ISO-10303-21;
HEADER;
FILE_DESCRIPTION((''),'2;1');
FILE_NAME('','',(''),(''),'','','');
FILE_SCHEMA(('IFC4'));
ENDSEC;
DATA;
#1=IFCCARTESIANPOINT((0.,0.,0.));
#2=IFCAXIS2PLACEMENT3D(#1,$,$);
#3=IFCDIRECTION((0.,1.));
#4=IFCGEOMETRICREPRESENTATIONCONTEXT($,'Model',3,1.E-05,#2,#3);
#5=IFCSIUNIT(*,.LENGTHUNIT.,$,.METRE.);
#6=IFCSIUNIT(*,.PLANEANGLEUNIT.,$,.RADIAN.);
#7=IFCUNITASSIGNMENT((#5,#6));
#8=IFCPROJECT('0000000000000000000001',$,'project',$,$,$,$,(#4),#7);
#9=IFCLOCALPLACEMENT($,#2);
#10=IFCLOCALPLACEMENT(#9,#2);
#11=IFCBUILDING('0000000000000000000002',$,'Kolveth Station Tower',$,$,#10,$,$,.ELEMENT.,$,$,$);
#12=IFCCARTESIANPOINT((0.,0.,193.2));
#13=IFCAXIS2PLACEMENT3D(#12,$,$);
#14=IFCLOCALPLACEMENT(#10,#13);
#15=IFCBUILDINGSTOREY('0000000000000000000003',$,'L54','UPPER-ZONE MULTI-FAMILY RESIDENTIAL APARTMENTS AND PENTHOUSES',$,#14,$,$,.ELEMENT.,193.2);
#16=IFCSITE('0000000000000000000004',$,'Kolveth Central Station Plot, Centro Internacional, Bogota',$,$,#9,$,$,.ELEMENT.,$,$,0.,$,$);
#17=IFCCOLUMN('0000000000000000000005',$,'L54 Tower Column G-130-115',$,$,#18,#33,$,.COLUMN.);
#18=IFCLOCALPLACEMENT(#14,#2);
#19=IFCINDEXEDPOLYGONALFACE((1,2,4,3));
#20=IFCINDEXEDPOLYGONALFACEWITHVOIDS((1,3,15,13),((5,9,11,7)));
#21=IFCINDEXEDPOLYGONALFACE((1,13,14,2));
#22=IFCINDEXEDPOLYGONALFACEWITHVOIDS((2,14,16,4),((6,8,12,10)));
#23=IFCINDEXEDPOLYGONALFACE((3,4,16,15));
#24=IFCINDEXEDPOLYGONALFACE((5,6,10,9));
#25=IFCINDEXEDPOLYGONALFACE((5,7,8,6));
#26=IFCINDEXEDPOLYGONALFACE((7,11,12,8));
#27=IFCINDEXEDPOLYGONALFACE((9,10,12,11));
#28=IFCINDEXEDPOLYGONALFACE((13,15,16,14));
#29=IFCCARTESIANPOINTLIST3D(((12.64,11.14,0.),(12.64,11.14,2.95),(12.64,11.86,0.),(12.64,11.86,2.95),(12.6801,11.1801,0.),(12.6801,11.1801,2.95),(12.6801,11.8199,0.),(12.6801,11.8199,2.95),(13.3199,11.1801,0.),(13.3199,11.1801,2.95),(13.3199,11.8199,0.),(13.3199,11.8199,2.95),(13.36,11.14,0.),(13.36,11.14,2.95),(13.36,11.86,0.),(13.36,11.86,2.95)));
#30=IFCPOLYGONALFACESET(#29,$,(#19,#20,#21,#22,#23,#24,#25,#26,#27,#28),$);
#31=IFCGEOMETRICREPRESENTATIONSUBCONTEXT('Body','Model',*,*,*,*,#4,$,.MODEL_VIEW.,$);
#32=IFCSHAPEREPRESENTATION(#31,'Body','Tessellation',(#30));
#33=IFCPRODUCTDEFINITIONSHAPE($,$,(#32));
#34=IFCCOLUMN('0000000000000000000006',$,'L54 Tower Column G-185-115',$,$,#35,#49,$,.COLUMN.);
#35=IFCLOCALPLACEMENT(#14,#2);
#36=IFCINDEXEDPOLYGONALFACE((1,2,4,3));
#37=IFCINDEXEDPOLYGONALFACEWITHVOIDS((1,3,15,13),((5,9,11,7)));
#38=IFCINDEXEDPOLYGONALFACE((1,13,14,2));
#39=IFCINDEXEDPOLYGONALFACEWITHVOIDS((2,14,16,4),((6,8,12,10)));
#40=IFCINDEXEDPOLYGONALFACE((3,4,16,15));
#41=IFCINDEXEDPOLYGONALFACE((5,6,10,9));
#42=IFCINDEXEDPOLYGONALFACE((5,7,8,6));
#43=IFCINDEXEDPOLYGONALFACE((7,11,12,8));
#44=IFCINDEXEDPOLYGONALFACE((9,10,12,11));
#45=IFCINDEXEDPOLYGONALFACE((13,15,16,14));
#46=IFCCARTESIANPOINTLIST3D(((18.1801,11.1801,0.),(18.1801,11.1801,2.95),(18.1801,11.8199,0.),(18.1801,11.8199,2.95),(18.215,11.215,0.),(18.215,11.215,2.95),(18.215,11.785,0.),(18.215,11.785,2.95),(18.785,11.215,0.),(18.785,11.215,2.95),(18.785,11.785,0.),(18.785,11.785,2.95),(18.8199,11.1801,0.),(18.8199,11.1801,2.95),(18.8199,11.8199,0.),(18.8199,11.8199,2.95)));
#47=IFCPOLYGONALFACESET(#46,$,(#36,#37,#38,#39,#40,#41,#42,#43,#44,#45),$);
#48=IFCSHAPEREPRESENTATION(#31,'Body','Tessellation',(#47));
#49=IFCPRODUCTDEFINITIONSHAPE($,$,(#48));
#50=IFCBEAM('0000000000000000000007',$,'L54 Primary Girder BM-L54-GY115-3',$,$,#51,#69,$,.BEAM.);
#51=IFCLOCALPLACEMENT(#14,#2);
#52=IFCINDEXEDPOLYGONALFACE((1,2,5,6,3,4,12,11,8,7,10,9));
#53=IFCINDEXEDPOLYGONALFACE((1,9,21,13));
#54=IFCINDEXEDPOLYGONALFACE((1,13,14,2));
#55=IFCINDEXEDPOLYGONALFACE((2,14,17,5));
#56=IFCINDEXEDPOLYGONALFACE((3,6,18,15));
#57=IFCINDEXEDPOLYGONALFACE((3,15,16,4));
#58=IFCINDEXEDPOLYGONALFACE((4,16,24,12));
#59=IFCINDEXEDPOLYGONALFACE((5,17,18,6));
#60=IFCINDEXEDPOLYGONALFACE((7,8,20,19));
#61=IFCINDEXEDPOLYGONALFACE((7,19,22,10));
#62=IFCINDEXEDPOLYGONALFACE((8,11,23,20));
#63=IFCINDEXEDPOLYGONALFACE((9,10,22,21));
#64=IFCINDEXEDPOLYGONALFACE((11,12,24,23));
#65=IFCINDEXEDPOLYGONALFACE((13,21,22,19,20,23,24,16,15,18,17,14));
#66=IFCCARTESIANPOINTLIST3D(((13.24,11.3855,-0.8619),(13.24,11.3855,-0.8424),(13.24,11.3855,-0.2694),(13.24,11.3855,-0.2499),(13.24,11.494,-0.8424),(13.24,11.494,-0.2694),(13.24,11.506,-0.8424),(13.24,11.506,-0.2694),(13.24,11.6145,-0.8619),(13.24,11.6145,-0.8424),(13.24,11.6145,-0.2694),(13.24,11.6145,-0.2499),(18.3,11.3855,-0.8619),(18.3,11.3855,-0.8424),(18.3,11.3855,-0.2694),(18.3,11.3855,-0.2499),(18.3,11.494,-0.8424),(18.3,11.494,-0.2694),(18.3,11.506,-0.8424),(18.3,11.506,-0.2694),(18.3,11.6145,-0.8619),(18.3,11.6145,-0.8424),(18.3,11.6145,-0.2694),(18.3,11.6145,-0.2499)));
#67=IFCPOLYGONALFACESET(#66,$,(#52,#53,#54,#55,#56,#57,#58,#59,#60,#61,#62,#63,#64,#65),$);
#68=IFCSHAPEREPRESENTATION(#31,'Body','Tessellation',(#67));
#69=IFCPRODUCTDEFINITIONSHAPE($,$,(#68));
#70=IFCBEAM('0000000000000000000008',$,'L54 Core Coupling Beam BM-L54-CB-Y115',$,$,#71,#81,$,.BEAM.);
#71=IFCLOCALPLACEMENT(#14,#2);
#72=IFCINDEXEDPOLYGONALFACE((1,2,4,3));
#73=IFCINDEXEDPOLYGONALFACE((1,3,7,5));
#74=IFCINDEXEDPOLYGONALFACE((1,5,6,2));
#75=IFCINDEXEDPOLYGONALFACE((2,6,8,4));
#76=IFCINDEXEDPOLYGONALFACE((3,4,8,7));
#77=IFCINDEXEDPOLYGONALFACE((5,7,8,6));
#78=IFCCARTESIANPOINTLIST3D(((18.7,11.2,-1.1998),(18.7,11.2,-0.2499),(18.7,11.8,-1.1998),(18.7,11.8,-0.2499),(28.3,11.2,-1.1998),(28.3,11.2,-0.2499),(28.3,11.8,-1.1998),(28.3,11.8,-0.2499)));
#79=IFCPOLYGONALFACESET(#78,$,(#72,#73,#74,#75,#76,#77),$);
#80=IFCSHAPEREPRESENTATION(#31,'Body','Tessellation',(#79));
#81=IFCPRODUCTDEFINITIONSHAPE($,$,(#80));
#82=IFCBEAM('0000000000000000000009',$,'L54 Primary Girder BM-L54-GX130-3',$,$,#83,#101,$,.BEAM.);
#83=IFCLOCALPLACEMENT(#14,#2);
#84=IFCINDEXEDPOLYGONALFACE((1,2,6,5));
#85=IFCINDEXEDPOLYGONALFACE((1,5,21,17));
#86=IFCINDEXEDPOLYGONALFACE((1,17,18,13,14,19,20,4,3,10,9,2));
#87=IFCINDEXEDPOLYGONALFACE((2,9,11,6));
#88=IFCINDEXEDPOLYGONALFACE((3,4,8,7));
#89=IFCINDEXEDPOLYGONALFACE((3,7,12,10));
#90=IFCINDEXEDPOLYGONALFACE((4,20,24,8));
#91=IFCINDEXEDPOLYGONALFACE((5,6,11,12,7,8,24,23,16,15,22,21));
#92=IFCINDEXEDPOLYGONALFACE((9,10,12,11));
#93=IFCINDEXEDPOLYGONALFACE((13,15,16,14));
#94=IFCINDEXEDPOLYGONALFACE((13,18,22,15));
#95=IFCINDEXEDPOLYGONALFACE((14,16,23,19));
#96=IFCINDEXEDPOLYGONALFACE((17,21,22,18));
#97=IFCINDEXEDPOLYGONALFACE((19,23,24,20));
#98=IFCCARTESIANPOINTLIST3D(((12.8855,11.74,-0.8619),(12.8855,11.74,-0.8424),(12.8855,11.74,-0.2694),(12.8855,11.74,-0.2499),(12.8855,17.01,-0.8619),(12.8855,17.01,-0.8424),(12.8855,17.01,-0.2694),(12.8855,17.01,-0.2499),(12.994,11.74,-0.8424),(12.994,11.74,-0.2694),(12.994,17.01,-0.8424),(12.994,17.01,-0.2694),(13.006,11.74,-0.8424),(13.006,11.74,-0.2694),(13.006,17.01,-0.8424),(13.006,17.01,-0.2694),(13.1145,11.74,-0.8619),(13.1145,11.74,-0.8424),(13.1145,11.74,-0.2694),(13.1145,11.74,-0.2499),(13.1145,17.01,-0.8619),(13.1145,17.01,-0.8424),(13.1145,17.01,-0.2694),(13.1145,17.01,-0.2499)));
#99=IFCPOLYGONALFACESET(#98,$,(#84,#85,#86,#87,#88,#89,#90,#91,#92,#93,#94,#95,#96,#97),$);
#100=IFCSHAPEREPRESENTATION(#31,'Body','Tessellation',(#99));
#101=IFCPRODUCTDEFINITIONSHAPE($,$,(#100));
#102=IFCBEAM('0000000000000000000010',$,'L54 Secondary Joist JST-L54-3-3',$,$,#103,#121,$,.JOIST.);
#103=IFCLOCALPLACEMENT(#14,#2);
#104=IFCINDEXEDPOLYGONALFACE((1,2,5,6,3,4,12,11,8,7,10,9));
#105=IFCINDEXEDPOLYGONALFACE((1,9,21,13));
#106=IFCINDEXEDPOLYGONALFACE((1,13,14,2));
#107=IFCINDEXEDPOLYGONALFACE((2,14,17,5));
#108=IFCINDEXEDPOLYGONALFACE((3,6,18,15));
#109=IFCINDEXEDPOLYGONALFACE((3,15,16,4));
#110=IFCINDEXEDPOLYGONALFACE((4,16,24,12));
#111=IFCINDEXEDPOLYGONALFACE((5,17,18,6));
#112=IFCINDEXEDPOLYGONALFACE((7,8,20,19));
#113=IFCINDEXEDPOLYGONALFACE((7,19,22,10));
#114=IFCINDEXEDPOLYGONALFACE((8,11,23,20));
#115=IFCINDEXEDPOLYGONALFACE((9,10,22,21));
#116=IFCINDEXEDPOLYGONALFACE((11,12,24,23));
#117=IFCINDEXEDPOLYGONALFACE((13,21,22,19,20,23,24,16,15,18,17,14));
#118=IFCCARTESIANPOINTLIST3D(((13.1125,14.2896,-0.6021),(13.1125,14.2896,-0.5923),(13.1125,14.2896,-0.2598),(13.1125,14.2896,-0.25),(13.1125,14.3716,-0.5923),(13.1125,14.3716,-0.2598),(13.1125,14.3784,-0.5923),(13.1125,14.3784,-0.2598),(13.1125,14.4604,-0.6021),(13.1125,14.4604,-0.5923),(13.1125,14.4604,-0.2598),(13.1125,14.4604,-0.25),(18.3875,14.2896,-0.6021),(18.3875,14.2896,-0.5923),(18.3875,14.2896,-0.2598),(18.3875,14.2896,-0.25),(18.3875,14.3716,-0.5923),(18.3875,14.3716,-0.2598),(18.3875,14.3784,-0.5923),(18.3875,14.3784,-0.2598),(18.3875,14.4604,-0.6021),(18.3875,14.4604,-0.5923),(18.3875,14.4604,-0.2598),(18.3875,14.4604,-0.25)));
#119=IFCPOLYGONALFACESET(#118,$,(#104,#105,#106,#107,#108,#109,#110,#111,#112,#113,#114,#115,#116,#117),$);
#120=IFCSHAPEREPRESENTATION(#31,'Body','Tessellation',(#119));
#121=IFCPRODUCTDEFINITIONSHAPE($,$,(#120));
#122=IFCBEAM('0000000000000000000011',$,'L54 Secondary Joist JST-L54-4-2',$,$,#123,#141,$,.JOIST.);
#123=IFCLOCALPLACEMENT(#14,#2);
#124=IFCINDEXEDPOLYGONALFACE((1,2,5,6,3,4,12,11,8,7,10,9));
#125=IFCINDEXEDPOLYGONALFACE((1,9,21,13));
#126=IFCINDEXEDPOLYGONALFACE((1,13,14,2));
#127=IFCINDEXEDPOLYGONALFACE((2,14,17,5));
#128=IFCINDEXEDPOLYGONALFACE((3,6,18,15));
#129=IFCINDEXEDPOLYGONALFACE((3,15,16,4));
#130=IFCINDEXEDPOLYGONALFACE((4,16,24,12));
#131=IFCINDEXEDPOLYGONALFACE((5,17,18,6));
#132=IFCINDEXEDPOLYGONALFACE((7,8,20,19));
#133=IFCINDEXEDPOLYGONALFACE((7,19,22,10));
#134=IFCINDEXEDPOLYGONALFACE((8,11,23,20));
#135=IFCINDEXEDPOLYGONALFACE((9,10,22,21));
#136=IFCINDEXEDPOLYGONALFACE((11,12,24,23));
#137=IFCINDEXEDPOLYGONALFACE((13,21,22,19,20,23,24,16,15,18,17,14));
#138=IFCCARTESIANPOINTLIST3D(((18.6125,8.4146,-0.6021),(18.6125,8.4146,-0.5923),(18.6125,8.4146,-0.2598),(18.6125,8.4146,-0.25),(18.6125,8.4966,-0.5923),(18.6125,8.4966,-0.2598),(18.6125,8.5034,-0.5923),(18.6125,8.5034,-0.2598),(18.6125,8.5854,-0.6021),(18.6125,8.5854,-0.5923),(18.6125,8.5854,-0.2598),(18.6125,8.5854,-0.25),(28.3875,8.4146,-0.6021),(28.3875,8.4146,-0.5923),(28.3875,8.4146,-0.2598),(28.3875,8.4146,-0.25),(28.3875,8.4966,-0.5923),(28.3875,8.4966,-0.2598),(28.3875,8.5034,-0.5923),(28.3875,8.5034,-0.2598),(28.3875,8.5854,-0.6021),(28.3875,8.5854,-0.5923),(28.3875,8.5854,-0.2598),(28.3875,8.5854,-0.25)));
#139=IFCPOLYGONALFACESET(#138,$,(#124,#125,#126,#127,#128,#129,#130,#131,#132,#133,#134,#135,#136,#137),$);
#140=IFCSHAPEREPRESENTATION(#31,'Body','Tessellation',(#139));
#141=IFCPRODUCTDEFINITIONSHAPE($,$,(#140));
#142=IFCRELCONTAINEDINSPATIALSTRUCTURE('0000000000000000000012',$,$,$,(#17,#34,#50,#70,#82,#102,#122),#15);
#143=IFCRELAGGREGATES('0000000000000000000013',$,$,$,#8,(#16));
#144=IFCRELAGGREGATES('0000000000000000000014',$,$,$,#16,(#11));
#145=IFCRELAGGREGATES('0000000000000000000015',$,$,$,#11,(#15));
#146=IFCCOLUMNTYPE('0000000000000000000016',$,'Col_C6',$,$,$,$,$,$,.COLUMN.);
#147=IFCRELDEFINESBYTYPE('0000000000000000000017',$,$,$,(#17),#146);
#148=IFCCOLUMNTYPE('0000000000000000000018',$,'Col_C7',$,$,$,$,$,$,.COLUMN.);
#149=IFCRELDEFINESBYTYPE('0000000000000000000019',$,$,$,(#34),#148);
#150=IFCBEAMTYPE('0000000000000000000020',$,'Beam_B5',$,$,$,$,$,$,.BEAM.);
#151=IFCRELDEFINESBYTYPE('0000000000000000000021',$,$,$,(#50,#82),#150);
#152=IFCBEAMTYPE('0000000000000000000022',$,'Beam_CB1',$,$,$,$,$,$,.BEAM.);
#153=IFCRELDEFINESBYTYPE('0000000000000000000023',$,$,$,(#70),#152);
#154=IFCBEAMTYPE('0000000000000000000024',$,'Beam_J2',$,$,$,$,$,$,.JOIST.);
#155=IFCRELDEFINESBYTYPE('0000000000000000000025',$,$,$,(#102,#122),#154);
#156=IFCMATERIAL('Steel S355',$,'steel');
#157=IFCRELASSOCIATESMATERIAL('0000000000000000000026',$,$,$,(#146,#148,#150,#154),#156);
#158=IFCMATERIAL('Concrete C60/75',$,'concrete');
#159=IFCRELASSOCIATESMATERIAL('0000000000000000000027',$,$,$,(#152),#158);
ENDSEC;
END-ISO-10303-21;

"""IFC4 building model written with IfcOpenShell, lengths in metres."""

from ifc_helpers import new_model, si_unit, direction, frame, origin, origin_2d, place, context, subcontext, project, spatial, rectangle, hollow_rectangle, i_section, extrude, source, transform, mapped, material, material_profile, profile_set, type_object, element, save


model = new_model("IFC4")

# Units and contexts
model_context = context("Model", 3, precision=1e-05, world=origin(), true_north=direction((0.0, 1.0)))
body_context = subcontext(model_context, "Body", "Model", "MODEL_VIEW")
ifc_project = project(units=[si_unit("LENGTHUNIT", "METRE"), si_unit("PLANEANGLEUNIT", "RADIAN")], contexts=[model_context])

# Site, building, storey
site_placement = place(None, origin())
site = spatial("IfcSite", under=ifc_project, at=site_placement, Name="Kolveth Central Station Plot, Centro Internacional, Bogota", CompositionType="ELEMENT", RefElevation=0.0)
building_placement = place(site_placement, origin())
building = spatial("IfcBuilding", under=site, at=building_placement, Name="Kolveth Station Tower", CompositionType="ELEMENT")
storey_placement = place(building_placement, frame((0.0, 0.0, 193.2)))
storey = spatial("IfcBuildingStorey", under=building, at=storey_placement, Name="L54", Description="UPPER-ZONE MULTI-FAMILY RESIDENTIAL APARTMENTS AND PENTHOUSES", CompositionType="ELEMENT", Elevation=193.2)

# Columns
ifc_material_1 = material(Name="Steel S355", Category="steel")
ifc_material_profile_1 = material_profile(ifc_material_1, hollow_rectangle(XDim=0.72, YDim=0.72, WallThickness=0.04, at=origin_2d()), Name="BOX720x720x40")
ifc_profile_set_1 = profile_set([ifc_material_profile_1], Name="Steel S355")
column_type_1 = type_object("IfcColumnType", Name="Col_C6", PredefinedType="COLUMN", material=ifc_profile_set_1)
shared_shape_1 = source(origin(), body_context, "Body", "SweptSolid", [
    extrude(hollow_rectangle(XDim=0.72, YDim=0.72, WallThickness=0.04, at=origin_2d()), origin(), (0.0, 0.0, 1.0), 2.95),
])
column_1_placement = place(storey_placement, frame((13.0, 11.5, 0.0), z_axis=(0.0, 0.0, 1.0), x_axis=(1.0, 0.0, 0.0)))
element("IfcColumn", 1, at=column_1_placement, inside=storey, type_object=column_type_1, Name="L54 Tower Column G-130-115", PredefinedType="COLUMN", context=body_context, shape_type="MappedRepresentation", body=[
    mapped(shared_shape_1, transform((0.0, 0.0, 0.0), x_axis=(1.0, 0.0, 0.0), y_axis=(0.0, 1.0, 0.0), z_axis=(0.0, 0.0, 1.0), scale=1.0)),
])
ifc_material_profile_2 = material_profile(ifc_material_1, hollow_rectangle(XDim=0.6399, YDim=0.6399, WallThickness=0.0349, at=origin_2d()), Name="BOX640x640x35")
ifc_profile_set_2 = profile_set([ifc_material_profile_2], Name="Steel S355")
column_type_2 = type_object("IfcColumnType", Name="Col_C7", PredefinedType="COLUMN", material=ifc_profile_set_2)
shared_shape_2 = source(origin(), body_context, "Body", "SweptSolid", [
    extrude(hollow_rectangle(XDim=0.6399, YDim=0.6399, WallThickness=0.0349, at=origin_2d()), origin(), (0.0, 0.0, 1.0), 2.95),
])
column_2_placement = place(storey_placement, frame((18.5, 11.5, 0.0), z_axis=(0.0, 0.0, 1.0), x_axis=(1.0, 0.0, 0.0)))
element("IfcColumn", 2, at=column_2_placement, inside=storey, type_object=column_type_2, Name="L54 Tower Column G-185-115", PredefinedType="COLUMN", context=body_context, shape_type="MappedRepresentation", body=[
    mapped(shared_shape_2, transform((0.0, 0.0, 0.0), x_axis=(1.0, 0.0, 0.0), y_axis=(0.0, 1.0, 0.0), z_axis=(0.0, 0.0, 1.0), scale=1.0)),
])

# Beams
ifc_material_profile_3 = material_profile(ifc_material_1, i_section(OverallWidth=0.229, OverallDepth=0.6121, WebThickness=0.012, FlangeThickness=0.0195, at=origin_2d()), Name="W610x125")
ifc_profile_set_3 = profile_set([ifc_material_profile_3], Name="Steel S355")
beam_type_1 = type_object("IfcBeamType", Name="Beam_B5", PredefinedType="BEAM", material=ifc_profile_set_3)
shared_shape_3 = source(origin(), body_context, "Body", "SweptSolid", [
    extrude(i_section(OverallWidth=0.229, OverallDepth=0.6121, WebThickness=0.012, FlangeThickness=0.0195, at=origin_2d()), origin(), (0.0, 0.0, 1.0), 5.0601),
])
beam_1_placement = place(storey_placement, frame((13.24, 11.5, -0.5559), z_axis=(1.0, 0.0, 0.0), x_axis=(0.0, 1.0, 0.0)))
element("IfcBeam", 3, at=beam_1_placement, inside=storey, type_object=beam_type_1, Name="L54 Primary Girder BM-L54-GY115-3", PredefinedType="BEAM", context=body_context, shape_type="MappedRepresentation", body=[
    mapped(shared_shape_3, transform((0.0, 0.0, 0.0), x_axis=(1.0, 0.0, 0.0), y_axis=(0.0, 1.0, 0.0), z_axis=(0.0, 0.0, 1.0), scale=1.0)),
])
ifc_material_2 = material(Name="Concrete C60/75", Category="concrete")
ifc_material_profile_4 = material_profile(ifc_material_2, rectangle(XDim=0.6001, YDim=0.95, at=origin_2d()), Name="RC-600x950")
ifc_profile_set_4 = profile_set([ifc_material_profile_4], Name="Concrete C60/75")
beam_type_2 = type_object("IfcBeamType", Name="Beam_CB1", PredefinedType="BEAM", material=ifc_profile_set_4)
shared_shape_4 = source(origin(), body_context, "Body", "SweptSolid", [
    extrude(rectangle(XDim=0.6001, YDim=0.95, at=origin_2d()), origin(), (0.0, 0.0, 1.0), 9.6001),
])
beam_2_placement = place(storey_placement, frame((18.7, 11.5, -0.7249), z_axis=(1.0, 0.0, 0.0), x_axis=(0.0, 1.0, 0.0)))
element("IfcBeam", 4, at=beam_2_placement, inside=storey, type_object=beam_type_2, Name="L54 Core Coupling Beam BM-L54-CB-Y115", PredefinedType="BEAM", context=body_context, shape_type="MappedRepresentation", body=[
    mapped(shared_shape_4, transform((0.0, 0.0, 0.0), x_axis=(1.0, 0.0, 0.0), y_axis=(0.0, 1.0, 0.0), z_axis=(0.0, 0.0, 1.0), scale=1.0)),
])
shared_shape_5 = source(origin(), body_context, "Body", "SweptSolid", [
    extrude(i_section(OverallWidth=0.229, OverallDepth=0.6121, WebThickness=0.012, FlangeThickness=0.0195, at=origin_2d()), origin(), (0.0, 0.0, 1.0), 5.27),
])
beam_3_placement = place(storey_placement, frame((13.0, 11.74, -0.5559), z_axis=(0.0, 1.0, 0.0), x_axis=(-1.0, 0.0, 0.0)))
element("IfcBeam", 5, at=beam_3_placement, inside=storey, type_object=beam_type_1, Name="L54 Primary Girder BM-L54-GX130-3", PredefinedType="BEAM", context=body_context, shape_type="MappedRepresentation", body=[
    mapped(shared_shape_5, transform((0.0, 0.0, 0.0), x_axis=(1.0, 0.0, 0.0), y_axis=(0.0, 1.0, 0.0), z_axis=(0.0, 0.0, 1.0), scale=1.0)),
])
ifc_material_profile_5 = material_profile(ifc_material_1, i_section(OverallWidth=0.1709, OverallDepth=0.3521, WebThickness=0.0068, FlangeThickness=0.0098, at=origin_2d()), Name="W360x44")
ifc_profile_set_5 = profile_set([ifc_material_profile_5], Name="Steel S355")
beam_type_3 = type_object("IfcBeamType", Name="Beam_J2", PredefinedType="JOIST", material=ifc_profile_set_5)
shared_shape_6 = source(origin(), body_context, "Body", "SweptSolid", [
    extrude(i_section(OverallWidth=0.1709, OverallDepth=0.3521, WebThickness=0.0068, FlangeThickness=0.0098, at=origin_2d()), origin(), (0.0, 0.0, 1.0), 5.2749),
])
beam_4_placement = place(storey_placement, frame((13.1125, 14.375, -0.426), z_axis=(1.0, 0.0, 0.0), x_axis=(0.0, 1.0, 0.0)))
element("IfcBeam", 6, at=beam_4_placement, inside=storey, type_object=beam_type_3, Name="L54 Secondary Joist JST-L54-3-3", PredefinedType="JOIST", context=body_context, shape_type="MappedRepresentation", body=[
    mapped(shared_shape_6, transform((0.0, 0.0, 0.0), x_axis=(1.0, 0.0, 0.0), y_axis=(0.0, 1.0, 0.0), z_axis=(0.0, 0.0, 1.0), scale=1.0)),
])
shared_shape_7 = source(origin(), body_context, "Body", "SweptSolid", [
    extrude(i_section(OverallWidth=0.1709, OverallDepth=0.3521, WebThickness=0.0068, FlangeThickness=0.0098, at=origin_2d()), origin(), (0.0, 0.0, 1.0), 9.7749),
])
beam_5_placement = place(storey_placement, frame((18.6125, 8.5, -0.426), z_axis=(1.0, 0.0, 0.0), x_axis=(0.0, 1.0, 0.0)))
element("IfcBeam", 7, at=beam_5_placement, inside=storey, type_object=beam_type_3, Name="L54 Secondary Joist JST-L54-4-2", PredefinedType="JOIST", context=body_context, shape_type="MappedRepresentation", body=[
    mapped(shared_shape_7, transform((0.0, 0.0, 0.0), x_axis=(1.0, 0.0, 0.0), y_axis=(0.0, 1.0, 0.0), z_axis=(0.0, 0.0, 1.0), scale=1.0)),
])

save(model, "model.ifc")
